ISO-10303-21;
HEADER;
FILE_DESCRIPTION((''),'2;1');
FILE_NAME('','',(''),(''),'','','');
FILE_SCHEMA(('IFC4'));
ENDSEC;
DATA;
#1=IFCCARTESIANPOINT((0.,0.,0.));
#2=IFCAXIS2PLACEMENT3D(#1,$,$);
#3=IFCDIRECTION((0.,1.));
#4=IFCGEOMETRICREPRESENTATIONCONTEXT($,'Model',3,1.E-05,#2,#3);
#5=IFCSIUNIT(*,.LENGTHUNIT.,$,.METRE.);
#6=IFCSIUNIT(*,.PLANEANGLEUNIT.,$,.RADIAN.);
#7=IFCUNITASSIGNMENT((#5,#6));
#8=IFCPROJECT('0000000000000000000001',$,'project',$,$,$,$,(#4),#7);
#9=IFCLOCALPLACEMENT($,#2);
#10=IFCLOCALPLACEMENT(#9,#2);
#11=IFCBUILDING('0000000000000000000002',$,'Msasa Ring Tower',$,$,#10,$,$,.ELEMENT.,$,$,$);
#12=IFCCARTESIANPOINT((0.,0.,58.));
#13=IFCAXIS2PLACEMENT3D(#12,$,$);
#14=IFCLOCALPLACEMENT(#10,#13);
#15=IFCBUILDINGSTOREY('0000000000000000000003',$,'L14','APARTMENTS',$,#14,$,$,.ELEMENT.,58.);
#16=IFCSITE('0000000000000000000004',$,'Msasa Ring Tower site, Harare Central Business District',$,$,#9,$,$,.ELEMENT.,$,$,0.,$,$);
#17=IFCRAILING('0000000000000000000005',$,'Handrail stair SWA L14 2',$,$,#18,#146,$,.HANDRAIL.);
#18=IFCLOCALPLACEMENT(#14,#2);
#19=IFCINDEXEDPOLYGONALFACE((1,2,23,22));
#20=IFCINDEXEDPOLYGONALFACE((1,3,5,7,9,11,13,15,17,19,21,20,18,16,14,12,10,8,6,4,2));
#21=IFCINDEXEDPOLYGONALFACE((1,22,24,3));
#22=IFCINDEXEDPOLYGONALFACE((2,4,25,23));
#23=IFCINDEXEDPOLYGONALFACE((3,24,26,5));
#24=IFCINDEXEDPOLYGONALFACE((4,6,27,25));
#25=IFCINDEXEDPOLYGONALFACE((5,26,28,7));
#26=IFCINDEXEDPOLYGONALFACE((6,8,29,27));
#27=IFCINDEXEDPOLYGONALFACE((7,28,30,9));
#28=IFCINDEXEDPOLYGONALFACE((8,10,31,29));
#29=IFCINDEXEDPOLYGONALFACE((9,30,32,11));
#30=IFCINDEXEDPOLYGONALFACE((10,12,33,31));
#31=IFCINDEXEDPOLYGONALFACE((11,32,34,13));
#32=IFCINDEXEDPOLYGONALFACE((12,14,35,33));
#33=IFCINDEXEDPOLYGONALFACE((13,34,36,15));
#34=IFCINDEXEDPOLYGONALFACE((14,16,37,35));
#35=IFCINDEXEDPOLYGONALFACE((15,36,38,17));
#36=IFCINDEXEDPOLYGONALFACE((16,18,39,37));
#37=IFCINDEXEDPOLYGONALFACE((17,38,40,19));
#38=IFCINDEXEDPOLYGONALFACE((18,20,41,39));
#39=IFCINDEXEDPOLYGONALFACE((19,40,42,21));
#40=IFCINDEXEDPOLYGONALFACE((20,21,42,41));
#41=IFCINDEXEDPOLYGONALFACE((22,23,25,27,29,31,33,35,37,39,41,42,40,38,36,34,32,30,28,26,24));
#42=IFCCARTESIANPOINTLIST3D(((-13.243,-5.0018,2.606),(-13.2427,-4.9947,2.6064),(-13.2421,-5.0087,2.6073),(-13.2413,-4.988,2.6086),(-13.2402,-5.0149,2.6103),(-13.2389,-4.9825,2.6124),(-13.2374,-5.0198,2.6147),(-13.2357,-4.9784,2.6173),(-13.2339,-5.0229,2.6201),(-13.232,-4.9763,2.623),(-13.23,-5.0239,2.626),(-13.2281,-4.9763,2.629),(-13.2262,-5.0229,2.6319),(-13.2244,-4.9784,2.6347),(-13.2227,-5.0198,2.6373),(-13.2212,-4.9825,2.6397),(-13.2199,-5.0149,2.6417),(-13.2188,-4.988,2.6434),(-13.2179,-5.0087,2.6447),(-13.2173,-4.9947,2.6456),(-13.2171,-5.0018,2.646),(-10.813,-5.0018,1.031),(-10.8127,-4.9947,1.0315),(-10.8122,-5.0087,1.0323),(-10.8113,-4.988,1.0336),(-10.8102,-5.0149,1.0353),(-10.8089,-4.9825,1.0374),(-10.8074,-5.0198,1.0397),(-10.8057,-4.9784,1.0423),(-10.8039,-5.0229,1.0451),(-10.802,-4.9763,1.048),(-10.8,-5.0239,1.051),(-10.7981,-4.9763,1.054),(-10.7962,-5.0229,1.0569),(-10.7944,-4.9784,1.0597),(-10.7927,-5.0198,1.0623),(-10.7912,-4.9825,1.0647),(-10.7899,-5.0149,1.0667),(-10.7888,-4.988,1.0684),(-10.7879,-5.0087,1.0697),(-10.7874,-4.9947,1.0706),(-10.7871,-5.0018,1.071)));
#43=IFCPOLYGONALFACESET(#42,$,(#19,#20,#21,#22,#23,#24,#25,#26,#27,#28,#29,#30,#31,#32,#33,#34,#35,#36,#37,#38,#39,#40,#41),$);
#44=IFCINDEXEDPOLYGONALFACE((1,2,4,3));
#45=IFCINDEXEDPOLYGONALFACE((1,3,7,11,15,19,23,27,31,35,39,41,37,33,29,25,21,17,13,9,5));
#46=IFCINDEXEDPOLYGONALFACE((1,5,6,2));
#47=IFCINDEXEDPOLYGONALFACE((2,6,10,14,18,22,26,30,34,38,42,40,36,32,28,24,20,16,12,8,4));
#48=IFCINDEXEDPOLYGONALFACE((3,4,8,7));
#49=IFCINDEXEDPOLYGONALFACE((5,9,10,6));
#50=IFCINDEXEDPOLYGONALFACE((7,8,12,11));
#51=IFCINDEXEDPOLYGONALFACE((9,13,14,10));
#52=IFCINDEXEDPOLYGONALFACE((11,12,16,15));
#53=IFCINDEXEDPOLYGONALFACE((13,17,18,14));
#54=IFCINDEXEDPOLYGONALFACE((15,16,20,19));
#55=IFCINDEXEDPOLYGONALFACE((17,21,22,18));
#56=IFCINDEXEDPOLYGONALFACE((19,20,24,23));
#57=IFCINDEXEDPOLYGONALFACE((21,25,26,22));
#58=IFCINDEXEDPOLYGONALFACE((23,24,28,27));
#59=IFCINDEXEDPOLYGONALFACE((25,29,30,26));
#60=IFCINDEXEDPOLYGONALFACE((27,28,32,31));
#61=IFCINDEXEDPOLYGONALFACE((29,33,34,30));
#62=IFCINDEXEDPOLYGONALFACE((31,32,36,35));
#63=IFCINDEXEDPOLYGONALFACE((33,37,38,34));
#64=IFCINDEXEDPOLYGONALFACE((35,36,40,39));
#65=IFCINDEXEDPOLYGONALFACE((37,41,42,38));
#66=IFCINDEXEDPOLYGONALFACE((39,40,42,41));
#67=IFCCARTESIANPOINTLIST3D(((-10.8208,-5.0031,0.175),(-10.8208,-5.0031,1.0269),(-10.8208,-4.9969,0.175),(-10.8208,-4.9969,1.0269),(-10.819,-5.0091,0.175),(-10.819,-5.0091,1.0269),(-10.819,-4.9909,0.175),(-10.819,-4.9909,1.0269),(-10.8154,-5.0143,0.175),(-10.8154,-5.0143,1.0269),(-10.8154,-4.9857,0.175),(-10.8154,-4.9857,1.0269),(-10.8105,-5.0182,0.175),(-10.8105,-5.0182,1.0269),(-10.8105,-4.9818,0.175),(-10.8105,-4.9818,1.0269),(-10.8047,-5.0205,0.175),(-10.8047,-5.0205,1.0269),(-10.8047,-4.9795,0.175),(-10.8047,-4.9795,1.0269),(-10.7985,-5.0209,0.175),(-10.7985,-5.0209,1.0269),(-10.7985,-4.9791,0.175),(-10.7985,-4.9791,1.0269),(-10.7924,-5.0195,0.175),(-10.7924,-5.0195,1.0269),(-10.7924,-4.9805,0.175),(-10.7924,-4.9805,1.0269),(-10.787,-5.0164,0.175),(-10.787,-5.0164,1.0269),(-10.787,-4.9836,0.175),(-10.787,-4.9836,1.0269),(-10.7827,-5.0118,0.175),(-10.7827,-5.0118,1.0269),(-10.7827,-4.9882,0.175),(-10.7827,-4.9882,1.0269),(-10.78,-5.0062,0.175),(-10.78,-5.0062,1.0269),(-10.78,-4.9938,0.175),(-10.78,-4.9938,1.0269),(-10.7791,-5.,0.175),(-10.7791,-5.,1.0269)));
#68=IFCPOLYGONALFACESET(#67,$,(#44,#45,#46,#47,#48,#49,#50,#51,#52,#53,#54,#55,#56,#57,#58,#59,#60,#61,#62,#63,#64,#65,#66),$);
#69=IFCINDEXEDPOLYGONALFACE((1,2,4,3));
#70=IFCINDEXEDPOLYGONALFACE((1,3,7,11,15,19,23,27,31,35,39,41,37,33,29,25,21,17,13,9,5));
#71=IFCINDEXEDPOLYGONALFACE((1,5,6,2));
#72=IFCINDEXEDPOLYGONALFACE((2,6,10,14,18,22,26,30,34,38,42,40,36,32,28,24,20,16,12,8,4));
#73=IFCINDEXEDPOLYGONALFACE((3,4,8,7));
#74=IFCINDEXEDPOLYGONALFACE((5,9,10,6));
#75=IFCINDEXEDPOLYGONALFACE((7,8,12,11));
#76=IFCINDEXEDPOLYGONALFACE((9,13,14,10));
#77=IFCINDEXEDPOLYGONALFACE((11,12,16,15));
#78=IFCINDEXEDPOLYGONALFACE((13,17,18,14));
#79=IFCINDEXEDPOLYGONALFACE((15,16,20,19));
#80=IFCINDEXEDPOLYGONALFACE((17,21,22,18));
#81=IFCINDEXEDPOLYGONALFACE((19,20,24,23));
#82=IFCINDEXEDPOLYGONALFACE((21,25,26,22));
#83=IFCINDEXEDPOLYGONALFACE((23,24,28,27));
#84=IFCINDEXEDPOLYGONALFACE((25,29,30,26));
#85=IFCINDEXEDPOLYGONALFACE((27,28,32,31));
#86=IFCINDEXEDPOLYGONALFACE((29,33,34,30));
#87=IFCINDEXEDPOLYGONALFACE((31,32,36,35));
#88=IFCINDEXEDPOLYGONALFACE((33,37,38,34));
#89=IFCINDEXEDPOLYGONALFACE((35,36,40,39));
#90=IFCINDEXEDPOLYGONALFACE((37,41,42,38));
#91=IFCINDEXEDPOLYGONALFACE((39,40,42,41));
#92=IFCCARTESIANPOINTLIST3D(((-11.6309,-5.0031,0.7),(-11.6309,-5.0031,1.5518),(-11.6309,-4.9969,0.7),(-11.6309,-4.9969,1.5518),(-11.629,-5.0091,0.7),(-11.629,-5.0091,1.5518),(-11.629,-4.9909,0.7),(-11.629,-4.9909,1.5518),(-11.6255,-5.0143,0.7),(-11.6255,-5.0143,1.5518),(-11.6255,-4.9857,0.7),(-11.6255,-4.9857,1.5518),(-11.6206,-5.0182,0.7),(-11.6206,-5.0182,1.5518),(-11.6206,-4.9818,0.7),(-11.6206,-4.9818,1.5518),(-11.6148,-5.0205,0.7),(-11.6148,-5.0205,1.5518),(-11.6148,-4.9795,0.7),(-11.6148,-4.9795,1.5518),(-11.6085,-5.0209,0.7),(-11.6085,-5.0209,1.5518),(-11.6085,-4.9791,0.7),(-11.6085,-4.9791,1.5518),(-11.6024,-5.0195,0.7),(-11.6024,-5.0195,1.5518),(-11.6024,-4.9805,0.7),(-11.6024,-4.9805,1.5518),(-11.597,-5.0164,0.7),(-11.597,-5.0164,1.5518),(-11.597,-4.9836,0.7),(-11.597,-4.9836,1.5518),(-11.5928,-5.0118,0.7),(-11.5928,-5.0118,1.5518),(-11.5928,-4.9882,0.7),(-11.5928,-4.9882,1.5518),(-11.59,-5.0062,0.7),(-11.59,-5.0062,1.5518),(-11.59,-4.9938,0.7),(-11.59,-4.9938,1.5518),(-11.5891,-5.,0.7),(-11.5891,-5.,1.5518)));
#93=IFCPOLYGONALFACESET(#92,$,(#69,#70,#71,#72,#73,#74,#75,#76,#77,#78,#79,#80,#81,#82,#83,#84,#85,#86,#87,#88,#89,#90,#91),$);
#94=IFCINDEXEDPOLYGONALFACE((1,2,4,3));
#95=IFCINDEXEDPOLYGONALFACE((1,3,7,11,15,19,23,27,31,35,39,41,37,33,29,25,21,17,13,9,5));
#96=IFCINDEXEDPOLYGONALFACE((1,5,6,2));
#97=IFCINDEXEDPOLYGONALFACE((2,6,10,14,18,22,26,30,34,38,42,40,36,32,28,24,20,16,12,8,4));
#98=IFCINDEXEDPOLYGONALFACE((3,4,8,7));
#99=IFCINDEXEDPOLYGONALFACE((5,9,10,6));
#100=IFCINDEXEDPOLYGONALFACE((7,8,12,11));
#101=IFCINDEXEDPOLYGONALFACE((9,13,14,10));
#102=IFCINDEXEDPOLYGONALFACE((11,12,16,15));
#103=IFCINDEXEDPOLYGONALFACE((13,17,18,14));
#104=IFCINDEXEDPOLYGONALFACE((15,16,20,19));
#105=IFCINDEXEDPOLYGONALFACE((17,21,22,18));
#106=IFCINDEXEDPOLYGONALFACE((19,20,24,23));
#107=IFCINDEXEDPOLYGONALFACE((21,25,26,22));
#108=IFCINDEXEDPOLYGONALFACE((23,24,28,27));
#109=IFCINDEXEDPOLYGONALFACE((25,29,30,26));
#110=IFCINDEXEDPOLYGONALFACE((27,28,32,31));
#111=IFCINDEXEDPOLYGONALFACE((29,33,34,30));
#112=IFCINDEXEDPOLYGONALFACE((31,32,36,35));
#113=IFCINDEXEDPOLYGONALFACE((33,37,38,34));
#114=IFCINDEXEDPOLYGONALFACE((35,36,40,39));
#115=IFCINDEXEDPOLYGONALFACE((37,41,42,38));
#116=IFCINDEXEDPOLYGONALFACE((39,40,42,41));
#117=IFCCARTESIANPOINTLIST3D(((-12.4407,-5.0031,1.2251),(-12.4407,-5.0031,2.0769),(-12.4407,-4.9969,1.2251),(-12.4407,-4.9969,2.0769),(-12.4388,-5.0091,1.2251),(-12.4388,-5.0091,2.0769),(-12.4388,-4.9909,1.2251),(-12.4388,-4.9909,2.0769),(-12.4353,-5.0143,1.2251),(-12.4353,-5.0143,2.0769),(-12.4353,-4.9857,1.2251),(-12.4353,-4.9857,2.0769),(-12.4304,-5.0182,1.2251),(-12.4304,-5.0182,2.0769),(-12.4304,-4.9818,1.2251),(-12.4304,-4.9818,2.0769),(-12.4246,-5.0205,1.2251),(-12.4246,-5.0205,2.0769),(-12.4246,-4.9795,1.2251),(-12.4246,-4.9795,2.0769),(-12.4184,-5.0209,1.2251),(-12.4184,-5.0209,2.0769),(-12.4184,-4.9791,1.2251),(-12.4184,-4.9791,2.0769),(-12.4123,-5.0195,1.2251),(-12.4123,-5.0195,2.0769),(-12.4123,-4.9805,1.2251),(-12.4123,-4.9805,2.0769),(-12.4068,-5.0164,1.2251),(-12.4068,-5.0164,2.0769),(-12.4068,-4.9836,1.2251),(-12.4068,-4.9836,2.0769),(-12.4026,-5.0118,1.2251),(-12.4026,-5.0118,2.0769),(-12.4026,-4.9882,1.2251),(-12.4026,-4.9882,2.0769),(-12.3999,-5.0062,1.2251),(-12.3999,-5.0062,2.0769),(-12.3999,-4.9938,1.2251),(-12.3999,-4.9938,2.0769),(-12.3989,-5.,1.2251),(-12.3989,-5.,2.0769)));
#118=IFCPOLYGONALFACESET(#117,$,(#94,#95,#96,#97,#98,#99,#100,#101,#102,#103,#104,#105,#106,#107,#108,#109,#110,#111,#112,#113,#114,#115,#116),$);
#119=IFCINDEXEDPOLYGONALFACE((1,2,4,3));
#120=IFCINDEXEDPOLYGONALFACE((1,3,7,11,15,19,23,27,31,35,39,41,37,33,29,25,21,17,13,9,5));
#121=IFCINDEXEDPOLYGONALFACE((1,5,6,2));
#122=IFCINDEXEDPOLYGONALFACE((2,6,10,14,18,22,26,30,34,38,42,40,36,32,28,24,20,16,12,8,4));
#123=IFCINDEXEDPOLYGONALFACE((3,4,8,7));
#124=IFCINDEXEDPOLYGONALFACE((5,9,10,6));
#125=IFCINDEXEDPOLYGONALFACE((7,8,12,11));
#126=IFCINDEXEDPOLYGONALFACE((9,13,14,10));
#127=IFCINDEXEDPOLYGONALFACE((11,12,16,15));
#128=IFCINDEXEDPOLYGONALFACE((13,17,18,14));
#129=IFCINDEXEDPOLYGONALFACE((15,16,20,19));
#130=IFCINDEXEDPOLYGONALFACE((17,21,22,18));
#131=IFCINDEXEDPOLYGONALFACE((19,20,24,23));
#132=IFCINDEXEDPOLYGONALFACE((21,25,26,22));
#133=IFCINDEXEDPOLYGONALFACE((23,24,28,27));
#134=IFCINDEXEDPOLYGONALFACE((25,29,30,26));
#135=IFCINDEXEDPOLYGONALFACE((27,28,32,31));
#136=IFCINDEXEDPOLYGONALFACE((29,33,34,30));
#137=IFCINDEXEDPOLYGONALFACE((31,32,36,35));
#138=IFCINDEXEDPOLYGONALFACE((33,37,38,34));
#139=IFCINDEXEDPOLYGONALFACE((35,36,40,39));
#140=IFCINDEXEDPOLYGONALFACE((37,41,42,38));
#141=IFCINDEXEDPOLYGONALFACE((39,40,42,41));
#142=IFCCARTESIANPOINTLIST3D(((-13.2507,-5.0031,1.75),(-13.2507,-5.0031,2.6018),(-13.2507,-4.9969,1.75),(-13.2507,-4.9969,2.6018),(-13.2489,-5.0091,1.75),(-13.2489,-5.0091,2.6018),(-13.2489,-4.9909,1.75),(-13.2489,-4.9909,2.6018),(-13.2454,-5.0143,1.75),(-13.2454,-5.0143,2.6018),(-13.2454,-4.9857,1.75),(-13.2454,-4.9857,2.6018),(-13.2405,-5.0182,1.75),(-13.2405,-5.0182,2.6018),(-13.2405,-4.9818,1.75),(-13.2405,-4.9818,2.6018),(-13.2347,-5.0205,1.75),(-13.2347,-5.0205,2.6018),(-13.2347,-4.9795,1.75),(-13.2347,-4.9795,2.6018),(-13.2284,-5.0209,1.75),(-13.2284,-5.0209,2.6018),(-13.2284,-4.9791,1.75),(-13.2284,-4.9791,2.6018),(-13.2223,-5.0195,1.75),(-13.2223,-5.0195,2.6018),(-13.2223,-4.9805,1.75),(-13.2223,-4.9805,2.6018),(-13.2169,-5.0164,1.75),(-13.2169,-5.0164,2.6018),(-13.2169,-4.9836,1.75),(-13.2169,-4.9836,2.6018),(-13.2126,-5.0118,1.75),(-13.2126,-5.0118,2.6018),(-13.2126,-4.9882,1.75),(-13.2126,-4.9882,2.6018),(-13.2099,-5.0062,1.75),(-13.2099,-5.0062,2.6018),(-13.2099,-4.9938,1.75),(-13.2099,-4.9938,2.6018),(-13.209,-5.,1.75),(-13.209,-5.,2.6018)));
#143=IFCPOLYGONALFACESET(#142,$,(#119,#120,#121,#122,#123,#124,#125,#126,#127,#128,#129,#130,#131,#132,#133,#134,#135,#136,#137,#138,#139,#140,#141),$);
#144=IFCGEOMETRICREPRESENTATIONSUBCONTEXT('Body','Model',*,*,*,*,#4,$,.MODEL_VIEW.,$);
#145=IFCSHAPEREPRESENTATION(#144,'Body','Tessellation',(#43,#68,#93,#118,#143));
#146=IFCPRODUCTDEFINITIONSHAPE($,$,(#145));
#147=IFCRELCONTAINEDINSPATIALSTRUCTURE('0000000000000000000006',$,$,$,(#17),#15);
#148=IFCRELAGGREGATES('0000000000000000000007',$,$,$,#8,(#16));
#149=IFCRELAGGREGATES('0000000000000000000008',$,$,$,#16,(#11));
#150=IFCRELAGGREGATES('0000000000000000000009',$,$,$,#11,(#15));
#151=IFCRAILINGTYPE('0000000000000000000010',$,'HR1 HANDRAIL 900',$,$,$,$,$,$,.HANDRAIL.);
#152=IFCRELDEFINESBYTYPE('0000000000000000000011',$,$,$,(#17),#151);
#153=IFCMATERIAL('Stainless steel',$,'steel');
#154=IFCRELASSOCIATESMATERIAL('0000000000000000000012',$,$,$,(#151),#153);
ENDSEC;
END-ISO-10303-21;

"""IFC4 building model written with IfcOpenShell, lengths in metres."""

from ifc_helpers import new_model, si_unit, direction, frame, origin, origin_2d, place, context, subcontext, project, spatial, circle, extrude, material, type_object, element, save


model = new_model("IFC4")

# Units and contexts
model_context = context("Model", 3, precision=1e-05, world=origin(), true_north=direction((0.0, 1.0)))
body_context = subcontext(model_context, "Body", "Model", "MODEL_VIEW")
ifc_project = project(units=[si_unit("LENGTHUNIT", "METRE"), si_unit("PLANEANGLEUNIT", "RADIAN")], contexts=[model_context])

# Site, building, storey
site_placement = place(None, origin())
site = spatial("IfcSite", under=ifc_project, at=site_placement, Name="Msasa Ring Tower site, Harare Central Business District", CompositionType="ELEMENT", RefElevation=0.0)
building_placement = place(site_placement, origin())
building = spatial("IfcBuilding", under=site, at=building_placement, Name="Msasa Ring Tower", CompositionType="ELEMENT")
storey_placement = place(building_placement, frame((0.0, 0.0, 58.0)))
storey = spatial("IfcBuildingStorey", under=building, at=storey_placement, Name="L14", Description="APARTMENTS", CompositionType="ELEMENT", Elevation=58.0)

# Railing
ifc_material_1 = material(Name="Stainless steel", Category="steel")
railing_type = type_object("IfcRailingType", Name="HR1 HANDRAIL 900", PredefinedType="HANDRAIL", material=ifc_material_1)
for number, where, name in (
    (1, (-10.8, -5.0, 0.175), "Handrail stair SWA L14 2"),
):
    element("IfcRailing", number, at=place(storey_placement, frame(where)), inside=storey, type_object=railing_type, Name=name, PredefinedType="HANDRAIL", context=body_context, shape_type="SweptSolid", body=[
        extrude(circle(Radius=0.0239, at=origin_2d()), frame((0.0, 0.0, 0.876), z_axis=(-0.839154, 0.0, 0.543894), x_axis=(0.0, -1.0, 0.0)), (0.0, 0.0, 1.0), 2.8958),
        extrude(circle(Radius=0.021, at=origin_2d()), origin(), (0.0, 0.0, 1.0), 0.8518),
        extrude(circle(Radius=0.021, at=origin_2d()), frame((-0.8101, 0.0, 0.5249)), (0.0, 0.0, 1.0), 0.8518),
        extrude(circle(Radius=0.021, at=origin_2d()), frame((-1.6199, 0.0, 1.05)), (0.0, 0.0, 1.0), 0.8518),
        extrude(circle(Radius=0.021, at=origin_2d()), frame((-2.4299, 0.0, 1.575)), (0.0, 0.0, 1.0), 0.8518),
    ])

save(model, "model.ifc")
